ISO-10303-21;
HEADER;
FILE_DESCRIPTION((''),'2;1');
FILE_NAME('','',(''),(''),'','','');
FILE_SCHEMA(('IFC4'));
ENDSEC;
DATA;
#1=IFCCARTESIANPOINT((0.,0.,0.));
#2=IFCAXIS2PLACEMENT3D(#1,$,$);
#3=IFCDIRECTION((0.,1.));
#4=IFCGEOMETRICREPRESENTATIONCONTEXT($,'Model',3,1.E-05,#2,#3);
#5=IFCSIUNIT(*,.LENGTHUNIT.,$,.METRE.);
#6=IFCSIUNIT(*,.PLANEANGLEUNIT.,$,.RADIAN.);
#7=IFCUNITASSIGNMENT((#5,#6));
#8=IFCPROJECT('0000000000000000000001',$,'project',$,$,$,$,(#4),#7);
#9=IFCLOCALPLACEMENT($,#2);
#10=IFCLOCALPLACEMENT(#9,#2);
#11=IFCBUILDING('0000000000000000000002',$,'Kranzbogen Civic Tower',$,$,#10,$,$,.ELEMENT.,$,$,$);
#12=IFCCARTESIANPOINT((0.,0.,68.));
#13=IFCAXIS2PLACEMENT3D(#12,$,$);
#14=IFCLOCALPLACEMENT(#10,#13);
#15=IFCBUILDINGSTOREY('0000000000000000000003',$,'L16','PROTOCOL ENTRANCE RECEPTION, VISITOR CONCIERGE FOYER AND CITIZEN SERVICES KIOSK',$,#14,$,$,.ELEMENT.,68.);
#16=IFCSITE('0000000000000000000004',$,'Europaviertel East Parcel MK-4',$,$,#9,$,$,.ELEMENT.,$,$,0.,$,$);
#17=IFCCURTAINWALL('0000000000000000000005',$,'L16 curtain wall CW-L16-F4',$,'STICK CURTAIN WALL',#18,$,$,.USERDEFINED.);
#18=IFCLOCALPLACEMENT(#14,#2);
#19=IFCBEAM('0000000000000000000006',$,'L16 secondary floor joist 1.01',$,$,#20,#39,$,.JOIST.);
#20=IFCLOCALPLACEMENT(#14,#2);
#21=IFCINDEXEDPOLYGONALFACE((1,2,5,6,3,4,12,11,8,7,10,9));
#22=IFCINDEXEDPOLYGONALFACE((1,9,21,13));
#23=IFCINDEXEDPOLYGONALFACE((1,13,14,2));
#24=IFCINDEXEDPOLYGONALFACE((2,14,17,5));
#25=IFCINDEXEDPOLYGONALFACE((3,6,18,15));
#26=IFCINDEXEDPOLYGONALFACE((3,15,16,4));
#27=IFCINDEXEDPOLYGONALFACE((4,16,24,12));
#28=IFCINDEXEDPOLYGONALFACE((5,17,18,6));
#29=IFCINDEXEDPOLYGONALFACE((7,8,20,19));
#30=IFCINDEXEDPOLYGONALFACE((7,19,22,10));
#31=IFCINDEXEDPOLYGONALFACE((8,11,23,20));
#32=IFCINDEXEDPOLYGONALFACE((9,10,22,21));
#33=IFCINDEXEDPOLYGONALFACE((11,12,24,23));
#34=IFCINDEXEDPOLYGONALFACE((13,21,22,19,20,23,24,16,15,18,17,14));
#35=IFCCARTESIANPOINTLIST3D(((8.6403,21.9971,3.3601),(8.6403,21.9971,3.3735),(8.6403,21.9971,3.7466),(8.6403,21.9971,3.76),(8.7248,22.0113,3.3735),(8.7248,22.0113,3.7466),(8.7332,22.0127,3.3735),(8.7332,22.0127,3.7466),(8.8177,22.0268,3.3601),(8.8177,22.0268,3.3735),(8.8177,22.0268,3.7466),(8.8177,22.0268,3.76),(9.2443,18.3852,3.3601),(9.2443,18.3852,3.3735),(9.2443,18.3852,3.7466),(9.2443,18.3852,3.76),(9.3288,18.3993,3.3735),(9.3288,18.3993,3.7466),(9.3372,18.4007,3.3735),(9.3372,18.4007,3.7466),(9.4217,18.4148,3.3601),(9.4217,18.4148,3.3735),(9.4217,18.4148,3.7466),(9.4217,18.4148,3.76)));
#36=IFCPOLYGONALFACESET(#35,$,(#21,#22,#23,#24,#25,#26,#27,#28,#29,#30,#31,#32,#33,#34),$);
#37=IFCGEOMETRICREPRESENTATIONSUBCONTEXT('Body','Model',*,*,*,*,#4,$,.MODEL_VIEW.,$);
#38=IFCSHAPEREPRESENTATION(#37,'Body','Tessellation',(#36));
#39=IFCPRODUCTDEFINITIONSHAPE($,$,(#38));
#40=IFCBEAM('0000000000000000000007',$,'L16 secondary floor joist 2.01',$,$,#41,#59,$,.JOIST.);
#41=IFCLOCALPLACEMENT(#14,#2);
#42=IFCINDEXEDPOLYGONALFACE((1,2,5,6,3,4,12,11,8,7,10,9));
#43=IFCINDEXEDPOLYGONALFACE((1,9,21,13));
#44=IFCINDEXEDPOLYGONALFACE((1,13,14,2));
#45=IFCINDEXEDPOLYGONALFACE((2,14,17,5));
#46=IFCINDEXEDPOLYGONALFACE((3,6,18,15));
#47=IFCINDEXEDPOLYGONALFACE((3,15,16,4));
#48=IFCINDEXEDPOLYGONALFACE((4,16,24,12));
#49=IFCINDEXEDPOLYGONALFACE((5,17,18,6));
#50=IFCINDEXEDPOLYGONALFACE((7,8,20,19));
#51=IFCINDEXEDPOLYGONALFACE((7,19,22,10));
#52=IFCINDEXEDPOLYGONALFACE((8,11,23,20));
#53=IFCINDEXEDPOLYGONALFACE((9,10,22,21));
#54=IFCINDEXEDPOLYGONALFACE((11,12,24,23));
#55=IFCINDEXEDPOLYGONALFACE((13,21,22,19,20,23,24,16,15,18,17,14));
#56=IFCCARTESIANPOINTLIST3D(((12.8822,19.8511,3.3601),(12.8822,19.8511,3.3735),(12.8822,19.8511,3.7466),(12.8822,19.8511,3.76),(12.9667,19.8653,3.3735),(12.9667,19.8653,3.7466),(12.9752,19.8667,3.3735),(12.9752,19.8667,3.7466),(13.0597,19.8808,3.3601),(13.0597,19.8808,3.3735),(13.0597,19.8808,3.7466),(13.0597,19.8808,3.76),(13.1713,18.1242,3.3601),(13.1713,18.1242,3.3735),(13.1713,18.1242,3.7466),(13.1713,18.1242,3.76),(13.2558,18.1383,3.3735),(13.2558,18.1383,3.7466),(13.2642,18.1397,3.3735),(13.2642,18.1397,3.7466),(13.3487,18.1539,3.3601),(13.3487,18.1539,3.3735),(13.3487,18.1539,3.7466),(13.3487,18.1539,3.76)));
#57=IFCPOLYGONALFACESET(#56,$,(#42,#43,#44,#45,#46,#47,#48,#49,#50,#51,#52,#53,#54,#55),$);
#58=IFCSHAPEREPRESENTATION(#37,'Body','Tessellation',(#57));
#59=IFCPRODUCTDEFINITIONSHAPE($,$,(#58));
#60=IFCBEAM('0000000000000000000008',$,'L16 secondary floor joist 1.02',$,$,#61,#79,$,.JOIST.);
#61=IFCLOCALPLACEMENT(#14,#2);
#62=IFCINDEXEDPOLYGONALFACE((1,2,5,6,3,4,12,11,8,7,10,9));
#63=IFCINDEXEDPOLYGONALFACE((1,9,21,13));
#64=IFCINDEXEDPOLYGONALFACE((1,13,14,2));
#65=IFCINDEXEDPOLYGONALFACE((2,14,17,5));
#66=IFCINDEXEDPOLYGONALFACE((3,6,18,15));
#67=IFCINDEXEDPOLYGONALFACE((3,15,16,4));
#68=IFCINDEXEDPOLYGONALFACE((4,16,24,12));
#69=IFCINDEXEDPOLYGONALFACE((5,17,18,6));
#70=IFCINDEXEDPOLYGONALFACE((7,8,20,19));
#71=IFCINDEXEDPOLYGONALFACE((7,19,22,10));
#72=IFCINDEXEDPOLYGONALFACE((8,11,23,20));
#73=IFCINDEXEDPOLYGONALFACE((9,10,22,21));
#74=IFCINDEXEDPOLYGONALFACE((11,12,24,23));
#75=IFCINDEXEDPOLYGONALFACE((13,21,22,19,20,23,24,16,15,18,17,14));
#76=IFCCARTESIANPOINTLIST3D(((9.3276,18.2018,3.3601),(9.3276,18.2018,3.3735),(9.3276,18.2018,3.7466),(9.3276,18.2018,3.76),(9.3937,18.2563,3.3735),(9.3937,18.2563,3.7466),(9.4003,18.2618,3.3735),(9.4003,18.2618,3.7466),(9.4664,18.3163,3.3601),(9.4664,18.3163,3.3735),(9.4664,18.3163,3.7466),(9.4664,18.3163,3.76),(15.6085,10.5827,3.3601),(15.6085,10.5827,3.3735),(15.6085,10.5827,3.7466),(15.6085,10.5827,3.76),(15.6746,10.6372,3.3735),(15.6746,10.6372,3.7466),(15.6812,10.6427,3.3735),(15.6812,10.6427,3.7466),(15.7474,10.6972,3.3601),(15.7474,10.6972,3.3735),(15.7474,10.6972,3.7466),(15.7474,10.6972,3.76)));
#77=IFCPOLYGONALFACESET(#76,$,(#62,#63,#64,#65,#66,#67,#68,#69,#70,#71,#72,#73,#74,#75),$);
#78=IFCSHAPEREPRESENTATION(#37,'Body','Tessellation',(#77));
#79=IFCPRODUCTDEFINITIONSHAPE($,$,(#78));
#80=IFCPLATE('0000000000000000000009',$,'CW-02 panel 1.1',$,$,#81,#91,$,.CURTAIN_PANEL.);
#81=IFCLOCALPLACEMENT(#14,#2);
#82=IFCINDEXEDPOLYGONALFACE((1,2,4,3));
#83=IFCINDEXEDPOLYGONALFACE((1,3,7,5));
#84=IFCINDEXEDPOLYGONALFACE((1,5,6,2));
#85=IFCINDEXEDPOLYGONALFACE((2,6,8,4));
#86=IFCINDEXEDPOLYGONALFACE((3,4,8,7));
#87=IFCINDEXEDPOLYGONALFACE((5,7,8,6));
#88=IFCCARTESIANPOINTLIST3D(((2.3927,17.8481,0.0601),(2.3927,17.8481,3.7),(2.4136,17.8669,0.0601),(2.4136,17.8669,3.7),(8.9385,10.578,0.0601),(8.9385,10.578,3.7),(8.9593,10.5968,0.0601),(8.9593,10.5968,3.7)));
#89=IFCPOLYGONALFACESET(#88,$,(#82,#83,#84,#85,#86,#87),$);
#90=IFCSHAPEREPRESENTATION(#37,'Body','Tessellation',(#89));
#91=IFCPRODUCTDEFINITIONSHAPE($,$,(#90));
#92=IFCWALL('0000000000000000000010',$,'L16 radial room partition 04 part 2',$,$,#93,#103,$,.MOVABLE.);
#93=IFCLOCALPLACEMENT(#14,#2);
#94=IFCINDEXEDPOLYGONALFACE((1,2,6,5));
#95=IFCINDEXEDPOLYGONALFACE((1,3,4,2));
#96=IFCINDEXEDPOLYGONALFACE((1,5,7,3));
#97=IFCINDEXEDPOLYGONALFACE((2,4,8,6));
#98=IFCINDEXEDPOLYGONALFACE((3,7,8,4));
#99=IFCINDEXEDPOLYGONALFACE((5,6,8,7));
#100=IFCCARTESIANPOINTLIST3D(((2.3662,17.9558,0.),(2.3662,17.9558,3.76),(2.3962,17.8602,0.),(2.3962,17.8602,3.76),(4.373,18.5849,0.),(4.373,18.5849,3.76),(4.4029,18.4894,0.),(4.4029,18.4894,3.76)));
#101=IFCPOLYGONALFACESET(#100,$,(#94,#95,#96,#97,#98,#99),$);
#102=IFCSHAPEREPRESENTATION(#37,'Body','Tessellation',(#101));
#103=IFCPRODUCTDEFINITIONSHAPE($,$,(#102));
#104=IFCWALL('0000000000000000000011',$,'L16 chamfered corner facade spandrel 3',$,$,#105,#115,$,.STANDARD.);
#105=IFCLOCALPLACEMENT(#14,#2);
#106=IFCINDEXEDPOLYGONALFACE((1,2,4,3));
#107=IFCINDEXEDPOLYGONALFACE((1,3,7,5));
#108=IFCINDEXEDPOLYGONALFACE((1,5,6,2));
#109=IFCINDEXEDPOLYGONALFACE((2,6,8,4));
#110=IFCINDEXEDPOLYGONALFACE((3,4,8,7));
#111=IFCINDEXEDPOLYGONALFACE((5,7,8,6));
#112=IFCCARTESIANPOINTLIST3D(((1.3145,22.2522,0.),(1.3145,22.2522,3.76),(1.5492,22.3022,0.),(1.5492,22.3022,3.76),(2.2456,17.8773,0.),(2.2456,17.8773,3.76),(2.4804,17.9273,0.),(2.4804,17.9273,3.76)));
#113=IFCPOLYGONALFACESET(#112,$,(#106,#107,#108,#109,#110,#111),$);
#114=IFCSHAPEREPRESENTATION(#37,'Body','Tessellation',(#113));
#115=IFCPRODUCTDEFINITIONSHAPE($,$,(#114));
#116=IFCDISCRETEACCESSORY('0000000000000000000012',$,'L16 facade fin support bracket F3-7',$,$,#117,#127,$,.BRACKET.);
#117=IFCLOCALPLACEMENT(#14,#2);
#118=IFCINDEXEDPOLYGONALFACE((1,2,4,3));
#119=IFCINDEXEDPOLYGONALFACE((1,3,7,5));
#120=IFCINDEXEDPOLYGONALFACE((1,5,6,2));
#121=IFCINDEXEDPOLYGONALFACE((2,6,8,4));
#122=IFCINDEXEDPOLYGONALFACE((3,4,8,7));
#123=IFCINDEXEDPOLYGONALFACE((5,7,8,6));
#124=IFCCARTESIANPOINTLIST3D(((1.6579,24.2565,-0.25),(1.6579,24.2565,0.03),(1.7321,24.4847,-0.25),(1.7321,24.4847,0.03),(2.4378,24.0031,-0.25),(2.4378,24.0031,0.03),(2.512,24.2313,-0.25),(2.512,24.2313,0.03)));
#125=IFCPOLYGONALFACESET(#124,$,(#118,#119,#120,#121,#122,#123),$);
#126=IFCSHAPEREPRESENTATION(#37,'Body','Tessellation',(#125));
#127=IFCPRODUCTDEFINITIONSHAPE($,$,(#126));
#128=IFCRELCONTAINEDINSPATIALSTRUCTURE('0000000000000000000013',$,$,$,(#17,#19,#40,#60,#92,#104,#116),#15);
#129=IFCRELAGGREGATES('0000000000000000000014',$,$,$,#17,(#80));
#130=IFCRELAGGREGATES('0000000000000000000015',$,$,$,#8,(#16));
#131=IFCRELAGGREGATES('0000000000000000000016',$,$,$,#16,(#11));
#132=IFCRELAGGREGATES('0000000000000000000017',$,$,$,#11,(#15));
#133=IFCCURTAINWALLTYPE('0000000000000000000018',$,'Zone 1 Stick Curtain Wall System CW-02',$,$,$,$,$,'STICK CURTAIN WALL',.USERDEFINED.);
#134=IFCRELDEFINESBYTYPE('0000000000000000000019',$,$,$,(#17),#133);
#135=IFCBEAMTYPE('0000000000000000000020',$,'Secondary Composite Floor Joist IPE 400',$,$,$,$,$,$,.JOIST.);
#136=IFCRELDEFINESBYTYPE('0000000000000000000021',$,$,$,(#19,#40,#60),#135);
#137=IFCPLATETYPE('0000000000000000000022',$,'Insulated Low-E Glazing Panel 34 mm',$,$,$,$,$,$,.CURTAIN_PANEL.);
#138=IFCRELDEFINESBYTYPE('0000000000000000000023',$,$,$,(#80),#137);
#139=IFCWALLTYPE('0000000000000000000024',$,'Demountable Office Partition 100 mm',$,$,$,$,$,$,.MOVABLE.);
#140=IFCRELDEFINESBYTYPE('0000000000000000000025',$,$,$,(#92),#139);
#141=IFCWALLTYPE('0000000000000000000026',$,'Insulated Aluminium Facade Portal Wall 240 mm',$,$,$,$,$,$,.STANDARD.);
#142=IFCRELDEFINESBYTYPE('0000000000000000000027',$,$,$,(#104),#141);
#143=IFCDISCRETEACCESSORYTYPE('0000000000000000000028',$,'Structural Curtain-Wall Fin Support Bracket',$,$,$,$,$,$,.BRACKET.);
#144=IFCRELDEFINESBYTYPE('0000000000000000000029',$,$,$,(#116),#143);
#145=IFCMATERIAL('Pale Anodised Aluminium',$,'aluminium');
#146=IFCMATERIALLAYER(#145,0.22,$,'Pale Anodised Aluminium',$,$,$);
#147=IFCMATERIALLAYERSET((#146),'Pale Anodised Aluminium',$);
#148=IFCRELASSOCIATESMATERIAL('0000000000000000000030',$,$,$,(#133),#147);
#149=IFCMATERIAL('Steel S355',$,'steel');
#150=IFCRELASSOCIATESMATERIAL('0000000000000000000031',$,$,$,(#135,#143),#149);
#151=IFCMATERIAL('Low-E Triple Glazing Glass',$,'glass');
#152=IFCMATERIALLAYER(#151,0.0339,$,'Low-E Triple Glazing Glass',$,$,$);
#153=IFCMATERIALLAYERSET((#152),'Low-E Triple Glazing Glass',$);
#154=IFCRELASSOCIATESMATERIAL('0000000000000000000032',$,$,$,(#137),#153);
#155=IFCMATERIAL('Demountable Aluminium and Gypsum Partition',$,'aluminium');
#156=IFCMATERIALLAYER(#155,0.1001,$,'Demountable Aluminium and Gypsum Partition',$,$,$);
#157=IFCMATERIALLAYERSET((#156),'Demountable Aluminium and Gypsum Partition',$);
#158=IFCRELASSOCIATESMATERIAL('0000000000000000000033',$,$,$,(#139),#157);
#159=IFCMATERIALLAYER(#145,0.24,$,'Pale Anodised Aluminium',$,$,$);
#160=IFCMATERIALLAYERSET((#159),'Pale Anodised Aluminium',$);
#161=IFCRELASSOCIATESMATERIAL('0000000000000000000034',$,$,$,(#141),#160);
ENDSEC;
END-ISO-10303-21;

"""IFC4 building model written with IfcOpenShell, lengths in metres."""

from ifc_helpers import new_model, si_unit, direction, frame, frame_2d, origin, origin_2d, place, context, subcontext, project, spatial, rectangle, i_section, extrude, material, layer, layer_set, material_profile, profile_set, type_object, element, aggregate, save


model = new_model("IFC4")

# Units and contexts
model_context = context("Model", 3, precision=1e-05, world=origin(), true_north=direction((0.0, 1.0)))
body_context = subcontext(model_context, "Body", "Model", "MODEL_VIEW")
ifc_project = project(units=[si_unit("LENGTHUNIT", "METRE"), si_unit("PLANEANGLEUNIT", "RADIAN")], contexts=[model_context])

# Site, building, storey
site_placement = place(None, origin())
site = spatial("IfcSite", under=ifc_project, at=site_placement, Name="Europaviertel East Parcel MK-4", CompositionType="ELEMENT", RefElevation=0.0)
building_placement = place(site_placement, origin())
building = spatial("IfcBuilding", under=site, at=building_placement, Name="Kranzbogen Civic Tower", CompositionType="ELEMENT")
storey_placement = place(building_placement, frame((0.0, 0.0, 68.0)))
storey = spatial("IfcBuildingStorey", under=building, at=storey_placement, Name="L16", Description="PROTOCOL ENTRANCE RECEPTION, VISITOR CONCIERGE FOYER AND CITIZEN SERVICES KIOSK", CompositionType="ELEMENT", Elevation=68.0)

# Shared definitions
ifc_material_1 = material(Name="Steel S355", Category="steel")

# Shared definitions
ifc_material_2 = material(Name="Pale Anodised Aluminium", Category="aluminium")
ifc_layer_1 = layer(ifc_material_2, 0.22, Name="Pale Anodised Aluminium")
ifc_layer_set_1 = layer_set([ifc_layer_1], Name="Pale Anodised Aluminium")
curtain_wall_type = type_object("IfcCurtainWallType", Name="Zone 1 Stick Curtain Wall System CW-02", ElementType="STICK CURTAIN WALL", PredefinedType="USERDEFINED", material=ifc_layer_set_1)

# Curtain wall
curtain_wall_1_placement = place(storey_placement, origin())
curtain_wall_1 = element("IfcCurtainWall", 1, at=curtain_wall_1_placement, inside=storey, type_object=curtain_wall_type, Name="L16 curtain wall CW-L16-F4", ObjectType="STICK CURTAIN WALL", PredefinedType="USERDEFINED")

# Beams
ifc_material_profile_1 = material_profile(ifc_material_1, i_section(OverallWidth=0.1799, OverallDepth=0.3999, WebThickness=0.0085, FlangeThickness=0.0134, at=origin_2d()), Name="IPE 400")
ifc_profile_set_1 = profile_set([ifc_material_profile_1], Name="Steel S355")
beam_type_1 = type_object("IfcBeamType", Name="Secondary Composite Floor Joist IPE 400", PredefinedType="JOIST", material=ifc_profile_set_1)
beam_1_placement = place(storey_placement, frame((8.729, 22.012, 3.5601), z_axis=(0.164929, -0.986305, 0.0), x_axis=(0.986305, 0.164929, 0.0)))
element("IfcBeam", 2, at=beam_1_placement, inside=storey, type_object=beam_type_1, Name="L16 secondary floor joist 1.01", PredefinedType="JOIST", context=body_context, shape_type="SweptSolid", body=[
    extrude(i_section(OverallWidth=0.1799, OverallDepth=0.3999, WebThickness=0.0085, FlangeThickness=0.0134, at=origin_2d()), origin(), (0.0, 0.0, 1.0), 3.6621),
])
beam_2_placement = place(storey_placement, frame((12.9709, 19.866, 3.5601), z_axis=(0.165077, -0.986281, 0.0), x_axis=(0.986281, 0.165077, 0.0)))
element("IfcBeam", 3, at=beam_2_placement, inside=storey, type_object=beam_type_1, Name="L16 secondary floor joist 2.01", PredefinedType="JOIST", context=body_context, shape_type="SweptSolid", body=[
    extrude(i_section(OverallWidth=0.1799, OverallDepth=0.3999, WebThickness=0.0085, FlangeThickness=0.0134, at=origin_2d()), origin(), (0.0, 0.0, 1.0), 1.751),
])
beam_3_placement = place(storey_placement, frame((9.397, 18.259, 3.5601), z_axis=(0.636095, -0.771611, 0.0), x_axis=(0.771611, 0.636095, 0.0)))
element("IfcBeam", 4, at=beam_3_placement, inside=storey, type_object=beam_type_1, Name="L16 secondary floor joist 1.02", PredefinedType="JOIST", context=body_context, shape_type="SweptSolid", body=[
    extrude(i_section(OverallWidth=0.1799, OverallDepth=0.3999, WebThickness=0.0085, FlangeThickness=0.0134, at=origin_2d()), origin(), (0.0, 0.0, 1.0), 9.8743),
])

# Plate
ifc_material_3 = material(Name="Low-E Triple Glazing Glass", Category="glass")
ifc_layer_2 = layer(ifc_material_3, 0.0339, Name="Low-E Triple Glazing Glass")
ifc_layer_set_2 = layer_set([ifc_layer_2], Name="Low-E Triple Glazing Glass")
plate_type = type_object("IfcPlateType", Name="Insulated Low-E Glazing Panel 34 mm", PredefinedType="CURTAIN_PANEL", material=ifc_layer_set_2)
plate_placement = place(storey_placement, frame((5.676, 14.2224, 0.0601), z_axis=(0.0, 0.0, 1.0), x_axis=(0.669116, -0.743158, 0.0)))
plate = element("IfcPlate", 5, at=plate_placement, type_object=plate_type, Name="CW-02 panel 1.1", PredefinedType="CURTAIN_PANEL", context=body_context, shape_type="SweptSolid", body=[
    extrude(rectangle(XDim=9.7827, YDim=0.0281, at=origin_2d()), origin(), (0.0, 0.0, 1.0), 3.6399),
])
aggregate(curtain_wall_1, [plate])

# Walls
ifc_material_4 = material(Name="Demountable Aluminium and Gypsum Partition", Category="aluminium")
ifc_layer_3 = layer(ifc_material_4, 0.1001, Name="Demountable Aluminium and Gypsum Partition")
ifc_layer_set_3 = layer_set([ifc_layer_3], Name="Demountable Aluminium and Gypsum Partition")
wall_type_1 = type_object("IfcWallType", Name="Demountable Office Partition 100 mm", PredefinedType="MOVABLE", material=ifc_layer_set_3)
wall_1_placement = place(storey_placement, frame((4.3879, 18.5371, 0.0), z_axis=(0.0, 0.0, 1.0), x_axis=(-0.954207, -0.299147, 0.0)))
element("IfcWall", 6, at=wall_1_placement, inside=storey, type_object=wall_type_1, Name="L16 radial room partition 04 part 2", PredefinedType="MOVABLE", context=body_context, shape_type="SweptSolid", body=[
    extrude(rectangle(XDim=2.103, YDim=0.1001, at=frame_2d((1.0515, 0.0))), origin(), (0.0, 0.0, 1.0), 3.76),
])
ifc_layer_4 = layer(ifc_material_2, 0.24, Name="Pale Anodised Aluminium")
ifc_layer_set_4 = layer_set([ifc_layer_4], Name="Pale Anodised Aluminium")
wall_type_2 = type_object("IfcWallType", Name="Insulated Aluminium Facade Portal Wall 240 mm", PredefinedType="STANDARD", material=ifc_layer_set_4)
wall_2_placement = place(storey_placement, frame((1.4319, 22.2771, 0.0), z_axis=(0.0, 0.0, 1.0), x_axis=(0.208172, -0.978092, 0.0)))
element("IfcWall", 7, at=wall_2_placement, inside=storey, type_object=wall_type_2, Name="L16 chamfered corner facade spandrel 3", PredefinedType="STANDARD", context=body_context, shape_type="SweptSolid", body=[
    extrude(rectangle(XDim=4.4729, YDim=0.24, at=frame_2d((2.2363, 0.0))), origin(), (0.0, 0.0, 1.0), 3.76),
])

# Discrete accessory
discrete_accessory_type = type_object("IfcDiscreteAccessoryType", Name="Structural Curtain-Wall Fin Support Bracket", PredefinedType="BRACKET", material=ifc_material_1)
discrete_accessory_placement = place(storey_placement, frame((2.085, 24.2439, -0.25), z_axis=(0.0, 0.0, 1.0), x_axis=(-0.951057, 0.309017, 0.0)))
element("IfcDiscreteAccessory", 8, at=discrete_accessory_placement, inside=storey, type_object=discrete_accessory_type, Name="L16 facade fin support bracket F3-7", PredefinedType="BRACKET", context=body_context, shape_type="SweptSolid", body=[
    extrude(rectangle(XDim=0.8201, YDim=0.24, at=origin_2d()), origin(), (0.0, 0.0, 1.0), 0.28),
])

save(model, "model.ifc")
